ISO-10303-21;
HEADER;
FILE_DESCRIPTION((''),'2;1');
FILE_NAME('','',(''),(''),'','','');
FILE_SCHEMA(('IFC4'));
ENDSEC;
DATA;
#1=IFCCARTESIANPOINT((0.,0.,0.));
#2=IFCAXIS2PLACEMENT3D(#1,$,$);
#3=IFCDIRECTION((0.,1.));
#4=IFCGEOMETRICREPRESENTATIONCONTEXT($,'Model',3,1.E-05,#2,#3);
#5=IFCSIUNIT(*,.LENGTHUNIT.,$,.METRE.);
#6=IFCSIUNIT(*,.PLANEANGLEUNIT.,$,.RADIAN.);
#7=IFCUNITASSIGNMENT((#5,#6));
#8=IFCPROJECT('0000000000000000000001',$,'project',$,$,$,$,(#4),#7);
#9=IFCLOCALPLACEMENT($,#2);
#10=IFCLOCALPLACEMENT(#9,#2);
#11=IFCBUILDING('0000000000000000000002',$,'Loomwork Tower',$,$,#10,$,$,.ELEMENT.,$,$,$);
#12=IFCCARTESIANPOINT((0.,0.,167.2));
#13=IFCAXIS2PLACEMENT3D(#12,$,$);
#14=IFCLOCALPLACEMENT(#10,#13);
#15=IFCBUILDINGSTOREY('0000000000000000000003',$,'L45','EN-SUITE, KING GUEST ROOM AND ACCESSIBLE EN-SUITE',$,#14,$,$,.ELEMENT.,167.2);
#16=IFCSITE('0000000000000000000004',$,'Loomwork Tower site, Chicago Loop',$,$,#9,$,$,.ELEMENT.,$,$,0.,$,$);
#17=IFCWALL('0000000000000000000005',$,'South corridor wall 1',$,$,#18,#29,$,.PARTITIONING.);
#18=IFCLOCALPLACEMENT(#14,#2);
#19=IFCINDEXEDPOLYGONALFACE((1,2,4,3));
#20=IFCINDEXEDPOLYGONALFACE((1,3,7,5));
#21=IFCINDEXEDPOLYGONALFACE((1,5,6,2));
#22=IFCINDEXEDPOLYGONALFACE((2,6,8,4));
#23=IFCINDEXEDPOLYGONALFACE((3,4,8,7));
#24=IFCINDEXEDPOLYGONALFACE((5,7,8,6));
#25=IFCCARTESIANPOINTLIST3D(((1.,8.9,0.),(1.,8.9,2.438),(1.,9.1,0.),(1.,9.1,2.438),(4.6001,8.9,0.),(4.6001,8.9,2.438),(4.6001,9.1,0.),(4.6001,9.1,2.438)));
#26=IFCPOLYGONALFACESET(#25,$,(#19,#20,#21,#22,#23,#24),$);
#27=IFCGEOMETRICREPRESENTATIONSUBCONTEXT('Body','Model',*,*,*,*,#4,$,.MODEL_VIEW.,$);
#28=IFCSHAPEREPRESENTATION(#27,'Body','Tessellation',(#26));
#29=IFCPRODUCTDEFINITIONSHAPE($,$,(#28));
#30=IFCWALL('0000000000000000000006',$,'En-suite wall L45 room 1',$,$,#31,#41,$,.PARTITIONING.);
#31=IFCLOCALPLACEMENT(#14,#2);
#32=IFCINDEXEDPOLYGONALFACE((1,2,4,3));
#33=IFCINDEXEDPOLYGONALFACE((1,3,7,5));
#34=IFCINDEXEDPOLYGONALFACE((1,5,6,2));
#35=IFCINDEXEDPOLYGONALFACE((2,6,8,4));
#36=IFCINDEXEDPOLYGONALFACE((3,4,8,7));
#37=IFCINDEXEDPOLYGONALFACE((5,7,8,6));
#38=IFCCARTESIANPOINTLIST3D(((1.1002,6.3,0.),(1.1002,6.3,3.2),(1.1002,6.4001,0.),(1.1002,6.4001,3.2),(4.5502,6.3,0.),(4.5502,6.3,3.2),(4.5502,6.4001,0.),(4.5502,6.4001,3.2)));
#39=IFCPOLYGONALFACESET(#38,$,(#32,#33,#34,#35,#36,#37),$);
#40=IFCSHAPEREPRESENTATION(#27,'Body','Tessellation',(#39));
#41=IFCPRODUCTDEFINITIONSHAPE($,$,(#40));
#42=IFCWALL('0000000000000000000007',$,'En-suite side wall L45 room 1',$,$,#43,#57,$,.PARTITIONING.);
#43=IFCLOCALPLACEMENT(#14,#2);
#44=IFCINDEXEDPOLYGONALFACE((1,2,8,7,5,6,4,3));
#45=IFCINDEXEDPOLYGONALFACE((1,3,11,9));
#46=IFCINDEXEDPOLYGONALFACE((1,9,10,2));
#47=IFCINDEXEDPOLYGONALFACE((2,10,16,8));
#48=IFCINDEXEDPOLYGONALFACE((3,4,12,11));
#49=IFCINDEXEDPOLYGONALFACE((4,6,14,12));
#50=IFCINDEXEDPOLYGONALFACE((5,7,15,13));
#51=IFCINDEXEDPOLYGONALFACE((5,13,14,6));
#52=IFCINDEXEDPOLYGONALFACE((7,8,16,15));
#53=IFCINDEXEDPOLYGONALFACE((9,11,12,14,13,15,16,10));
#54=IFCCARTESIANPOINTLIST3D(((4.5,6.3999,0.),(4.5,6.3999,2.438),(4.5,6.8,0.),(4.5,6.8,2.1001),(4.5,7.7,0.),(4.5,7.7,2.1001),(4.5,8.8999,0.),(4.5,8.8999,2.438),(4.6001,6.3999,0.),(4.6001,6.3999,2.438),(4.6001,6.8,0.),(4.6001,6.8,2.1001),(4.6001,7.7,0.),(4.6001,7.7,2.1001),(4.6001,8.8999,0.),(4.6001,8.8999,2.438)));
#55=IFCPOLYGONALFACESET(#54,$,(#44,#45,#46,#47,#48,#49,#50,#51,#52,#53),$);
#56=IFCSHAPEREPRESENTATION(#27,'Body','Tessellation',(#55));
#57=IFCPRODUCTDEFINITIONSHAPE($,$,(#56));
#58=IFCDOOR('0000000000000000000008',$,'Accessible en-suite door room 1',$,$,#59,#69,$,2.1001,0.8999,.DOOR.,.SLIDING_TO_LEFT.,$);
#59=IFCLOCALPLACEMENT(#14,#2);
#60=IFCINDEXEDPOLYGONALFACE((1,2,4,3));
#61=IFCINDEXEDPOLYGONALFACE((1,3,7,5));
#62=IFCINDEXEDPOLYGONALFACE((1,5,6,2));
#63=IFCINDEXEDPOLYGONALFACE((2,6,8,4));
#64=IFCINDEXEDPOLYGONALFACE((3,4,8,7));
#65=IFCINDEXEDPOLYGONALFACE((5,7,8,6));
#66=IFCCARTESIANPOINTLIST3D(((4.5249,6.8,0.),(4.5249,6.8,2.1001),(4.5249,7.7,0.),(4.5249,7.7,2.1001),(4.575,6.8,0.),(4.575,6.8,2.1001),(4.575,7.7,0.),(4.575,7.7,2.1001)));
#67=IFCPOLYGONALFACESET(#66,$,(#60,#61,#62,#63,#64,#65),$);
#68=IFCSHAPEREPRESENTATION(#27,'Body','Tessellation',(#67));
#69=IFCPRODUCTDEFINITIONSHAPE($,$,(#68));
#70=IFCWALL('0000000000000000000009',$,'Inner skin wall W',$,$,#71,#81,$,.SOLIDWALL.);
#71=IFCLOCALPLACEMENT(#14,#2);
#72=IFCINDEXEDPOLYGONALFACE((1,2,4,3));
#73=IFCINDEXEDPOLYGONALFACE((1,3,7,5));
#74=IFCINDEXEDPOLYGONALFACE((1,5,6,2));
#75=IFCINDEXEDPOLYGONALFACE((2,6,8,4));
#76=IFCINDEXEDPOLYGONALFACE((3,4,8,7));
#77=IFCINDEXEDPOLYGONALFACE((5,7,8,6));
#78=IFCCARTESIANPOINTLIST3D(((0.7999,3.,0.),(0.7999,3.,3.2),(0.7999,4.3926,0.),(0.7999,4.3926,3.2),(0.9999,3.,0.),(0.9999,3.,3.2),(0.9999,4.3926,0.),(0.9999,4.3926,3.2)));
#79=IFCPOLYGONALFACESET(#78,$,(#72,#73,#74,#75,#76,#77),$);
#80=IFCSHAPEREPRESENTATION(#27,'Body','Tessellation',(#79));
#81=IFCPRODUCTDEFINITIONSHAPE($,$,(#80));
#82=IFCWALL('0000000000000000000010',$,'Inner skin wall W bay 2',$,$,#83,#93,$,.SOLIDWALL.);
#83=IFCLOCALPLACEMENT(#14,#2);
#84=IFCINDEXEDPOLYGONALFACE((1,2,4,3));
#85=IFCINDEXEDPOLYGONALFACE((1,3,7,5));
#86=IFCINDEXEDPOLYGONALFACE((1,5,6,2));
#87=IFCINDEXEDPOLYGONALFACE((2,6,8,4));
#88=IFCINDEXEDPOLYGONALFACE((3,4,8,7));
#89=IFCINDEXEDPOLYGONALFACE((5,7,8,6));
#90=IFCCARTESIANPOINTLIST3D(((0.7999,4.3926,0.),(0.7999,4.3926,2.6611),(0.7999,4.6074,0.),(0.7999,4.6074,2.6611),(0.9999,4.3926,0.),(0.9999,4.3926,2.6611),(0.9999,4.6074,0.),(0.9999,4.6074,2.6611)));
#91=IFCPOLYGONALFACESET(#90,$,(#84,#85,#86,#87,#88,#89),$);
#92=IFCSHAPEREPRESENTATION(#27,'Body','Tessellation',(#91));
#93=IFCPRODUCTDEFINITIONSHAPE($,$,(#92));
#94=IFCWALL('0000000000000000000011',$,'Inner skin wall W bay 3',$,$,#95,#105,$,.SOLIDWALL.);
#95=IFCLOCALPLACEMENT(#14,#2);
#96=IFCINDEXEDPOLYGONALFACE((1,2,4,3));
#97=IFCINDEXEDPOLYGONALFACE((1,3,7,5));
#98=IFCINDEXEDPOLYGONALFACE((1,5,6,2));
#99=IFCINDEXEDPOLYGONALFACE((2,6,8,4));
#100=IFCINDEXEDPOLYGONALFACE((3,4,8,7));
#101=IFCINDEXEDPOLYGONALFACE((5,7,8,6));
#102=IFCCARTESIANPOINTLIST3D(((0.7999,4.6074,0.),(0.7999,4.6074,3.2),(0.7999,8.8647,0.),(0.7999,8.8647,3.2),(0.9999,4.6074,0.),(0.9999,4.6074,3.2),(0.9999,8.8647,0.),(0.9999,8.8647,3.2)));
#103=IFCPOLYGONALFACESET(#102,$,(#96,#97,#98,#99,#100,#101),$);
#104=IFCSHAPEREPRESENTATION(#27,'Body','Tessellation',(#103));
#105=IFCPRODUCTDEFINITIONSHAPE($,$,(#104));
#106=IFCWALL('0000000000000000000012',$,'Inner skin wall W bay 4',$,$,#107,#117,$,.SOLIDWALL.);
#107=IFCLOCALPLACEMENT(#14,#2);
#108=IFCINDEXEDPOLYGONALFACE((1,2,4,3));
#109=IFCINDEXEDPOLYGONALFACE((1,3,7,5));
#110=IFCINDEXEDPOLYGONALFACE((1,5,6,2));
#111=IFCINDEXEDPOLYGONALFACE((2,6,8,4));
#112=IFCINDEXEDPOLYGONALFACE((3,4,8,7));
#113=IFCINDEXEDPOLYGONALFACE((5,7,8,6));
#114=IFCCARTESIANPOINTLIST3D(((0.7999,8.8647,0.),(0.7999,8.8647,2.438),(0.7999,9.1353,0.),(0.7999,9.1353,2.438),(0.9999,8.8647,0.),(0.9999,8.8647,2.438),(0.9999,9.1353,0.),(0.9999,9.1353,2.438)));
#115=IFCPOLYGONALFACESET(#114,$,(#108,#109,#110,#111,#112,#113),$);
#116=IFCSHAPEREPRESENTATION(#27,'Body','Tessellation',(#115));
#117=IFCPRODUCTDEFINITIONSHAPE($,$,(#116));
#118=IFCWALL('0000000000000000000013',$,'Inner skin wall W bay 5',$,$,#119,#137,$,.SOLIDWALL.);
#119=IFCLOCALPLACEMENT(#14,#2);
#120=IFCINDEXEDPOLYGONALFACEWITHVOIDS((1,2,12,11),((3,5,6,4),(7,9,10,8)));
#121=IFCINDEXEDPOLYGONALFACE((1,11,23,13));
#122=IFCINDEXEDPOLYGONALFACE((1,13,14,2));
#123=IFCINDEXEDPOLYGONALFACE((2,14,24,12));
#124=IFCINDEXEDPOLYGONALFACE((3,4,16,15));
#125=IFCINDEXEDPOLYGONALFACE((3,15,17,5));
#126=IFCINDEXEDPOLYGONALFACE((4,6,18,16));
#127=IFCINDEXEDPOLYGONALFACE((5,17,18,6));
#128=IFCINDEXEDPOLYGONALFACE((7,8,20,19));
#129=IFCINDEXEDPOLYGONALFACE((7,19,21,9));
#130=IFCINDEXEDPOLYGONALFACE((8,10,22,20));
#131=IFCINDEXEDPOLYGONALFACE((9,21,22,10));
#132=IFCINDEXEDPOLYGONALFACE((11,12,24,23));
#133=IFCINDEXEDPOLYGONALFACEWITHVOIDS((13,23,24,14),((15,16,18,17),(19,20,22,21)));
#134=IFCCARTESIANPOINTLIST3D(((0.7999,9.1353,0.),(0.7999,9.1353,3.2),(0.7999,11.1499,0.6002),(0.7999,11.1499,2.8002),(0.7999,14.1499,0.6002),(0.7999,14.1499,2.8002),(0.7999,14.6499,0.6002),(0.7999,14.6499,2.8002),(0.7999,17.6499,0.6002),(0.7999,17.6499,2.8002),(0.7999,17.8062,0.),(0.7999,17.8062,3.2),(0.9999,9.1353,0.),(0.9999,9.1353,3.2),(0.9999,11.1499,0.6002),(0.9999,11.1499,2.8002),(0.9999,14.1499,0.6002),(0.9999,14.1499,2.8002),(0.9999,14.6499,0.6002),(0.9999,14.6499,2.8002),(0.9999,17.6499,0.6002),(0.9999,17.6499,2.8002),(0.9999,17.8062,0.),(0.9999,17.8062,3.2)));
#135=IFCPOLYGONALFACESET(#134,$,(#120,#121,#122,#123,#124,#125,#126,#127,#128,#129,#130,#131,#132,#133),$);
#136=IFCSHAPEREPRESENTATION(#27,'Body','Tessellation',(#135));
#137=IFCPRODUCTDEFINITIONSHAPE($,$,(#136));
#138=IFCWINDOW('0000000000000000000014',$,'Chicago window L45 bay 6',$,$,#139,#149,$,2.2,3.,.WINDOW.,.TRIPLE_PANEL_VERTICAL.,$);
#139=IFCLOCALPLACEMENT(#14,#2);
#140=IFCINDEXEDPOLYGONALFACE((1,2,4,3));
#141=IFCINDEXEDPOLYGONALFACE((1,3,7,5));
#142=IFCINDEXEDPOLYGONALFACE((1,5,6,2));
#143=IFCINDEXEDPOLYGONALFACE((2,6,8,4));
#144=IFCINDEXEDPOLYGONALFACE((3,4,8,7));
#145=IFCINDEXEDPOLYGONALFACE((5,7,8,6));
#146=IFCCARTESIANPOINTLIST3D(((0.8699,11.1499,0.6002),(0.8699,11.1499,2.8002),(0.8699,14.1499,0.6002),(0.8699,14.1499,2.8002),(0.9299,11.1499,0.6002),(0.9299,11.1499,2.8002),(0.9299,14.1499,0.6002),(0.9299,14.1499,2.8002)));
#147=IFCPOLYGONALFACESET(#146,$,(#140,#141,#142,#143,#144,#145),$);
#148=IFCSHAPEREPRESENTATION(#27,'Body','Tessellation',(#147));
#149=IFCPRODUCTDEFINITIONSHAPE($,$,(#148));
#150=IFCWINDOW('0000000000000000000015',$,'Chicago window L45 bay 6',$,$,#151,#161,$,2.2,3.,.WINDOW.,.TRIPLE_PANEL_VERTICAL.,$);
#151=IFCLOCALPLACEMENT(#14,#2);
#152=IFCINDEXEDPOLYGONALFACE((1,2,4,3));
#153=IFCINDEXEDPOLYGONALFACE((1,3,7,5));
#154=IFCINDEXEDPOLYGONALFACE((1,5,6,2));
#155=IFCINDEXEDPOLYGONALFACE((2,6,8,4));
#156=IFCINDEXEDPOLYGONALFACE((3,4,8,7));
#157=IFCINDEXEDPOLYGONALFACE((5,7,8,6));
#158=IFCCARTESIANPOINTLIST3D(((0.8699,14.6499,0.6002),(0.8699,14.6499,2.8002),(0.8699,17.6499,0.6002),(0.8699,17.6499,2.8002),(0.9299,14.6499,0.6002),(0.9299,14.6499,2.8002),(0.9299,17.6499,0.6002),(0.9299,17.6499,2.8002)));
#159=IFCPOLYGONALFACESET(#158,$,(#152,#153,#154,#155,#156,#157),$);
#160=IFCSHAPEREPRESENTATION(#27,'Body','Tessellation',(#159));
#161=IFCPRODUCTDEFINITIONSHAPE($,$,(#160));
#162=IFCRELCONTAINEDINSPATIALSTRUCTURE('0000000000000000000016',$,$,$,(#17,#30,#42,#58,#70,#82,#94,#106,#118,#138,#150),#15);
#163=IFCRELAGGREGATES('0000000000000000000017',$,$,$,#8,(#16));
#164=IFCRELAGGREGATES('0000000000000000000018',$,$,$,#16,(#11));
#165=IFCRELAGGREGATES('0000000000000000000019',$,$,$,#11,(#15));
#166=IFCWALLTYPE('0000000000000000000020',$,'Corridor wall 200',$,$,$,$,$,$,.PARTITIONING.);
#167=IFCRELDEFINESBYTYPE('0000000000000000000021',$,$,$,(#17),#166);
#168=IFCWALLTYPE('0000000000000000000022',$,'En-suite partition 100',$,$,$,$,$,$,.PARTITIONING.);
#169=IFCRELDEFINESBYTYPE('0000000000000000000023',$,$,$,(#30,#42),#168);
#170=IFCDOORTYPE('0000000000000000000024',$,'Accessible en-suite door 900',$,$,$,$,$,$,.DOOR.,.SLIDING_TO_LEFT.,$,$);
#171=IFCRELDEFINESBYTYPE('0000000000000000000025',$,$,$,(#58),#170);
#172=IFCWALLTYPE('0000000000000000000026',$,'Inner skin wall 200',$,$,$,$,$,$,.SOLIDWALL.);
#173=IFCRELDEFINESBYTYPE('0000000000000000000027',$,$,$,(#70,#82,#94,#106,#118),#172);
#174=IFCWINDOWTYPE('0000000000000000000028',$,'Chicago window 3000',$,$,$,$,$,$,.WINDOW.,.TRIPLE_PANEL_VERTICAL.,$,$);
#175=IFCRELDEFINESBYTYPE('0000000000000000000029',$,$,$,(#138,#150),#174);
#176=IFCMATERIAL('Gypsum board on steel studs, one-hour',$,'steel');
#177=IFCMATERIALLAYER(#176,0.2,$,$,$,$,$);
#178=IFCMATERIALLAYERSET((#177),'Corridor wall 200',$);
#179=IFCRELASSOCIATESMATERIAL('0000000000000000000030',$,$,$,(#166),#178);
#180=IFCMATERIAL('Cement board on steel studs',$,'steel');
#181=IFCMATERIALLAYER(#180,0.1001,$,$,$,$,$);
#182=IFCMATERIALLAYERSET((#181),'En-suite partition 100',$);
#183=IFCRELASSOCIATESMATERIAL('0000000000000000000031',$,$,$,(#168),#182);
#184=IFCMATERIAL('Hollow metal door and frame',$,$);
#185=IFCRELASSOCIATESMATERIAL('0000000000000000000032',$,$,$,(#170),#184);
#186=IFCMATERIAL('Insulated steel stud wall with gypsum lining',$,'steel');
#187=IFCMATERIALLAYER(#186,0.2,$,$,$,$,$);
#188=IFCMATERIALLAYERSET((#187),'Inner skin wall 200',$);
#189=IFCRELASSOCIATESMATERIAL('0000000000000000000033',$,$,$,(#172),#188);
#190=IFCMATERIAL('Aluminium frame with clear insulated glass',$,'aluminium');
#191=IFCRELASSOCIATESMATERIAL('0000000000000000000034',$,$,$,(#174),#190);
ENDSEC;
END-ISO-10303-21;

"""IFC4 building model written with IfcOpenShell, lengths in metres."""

from ifc_helpers import new_model, si_unit, direction, frame, frame_2d, origin, place, context, subcontext, project, spatial, rectangle, extrude, material, layer, layer_set, type_object, element, fill, save


model = new_model("IFC4")

# Units and contexts
model_context = context("Model", 3, precision=1e-05, world=origin(), true_north=direction((0.0, 1.0)))
body_context = subcontext(model_context, "Body", "Model", "MODEL_VIEW")
ifc_project = project(units=[si_unit("LENGTHUNIT", "METRE"), si_unit("PLANEANGLEUNIT", "RADIAN")], contexts=[model_context])

# Site, building, storey
site_placement = place(None, origin())
site = spatial("IfcSite", under=ifc_project, at=site_placement, Name="Loomwork Tower site, Chicago Loop", CompositionType="ELEMENT", RefElevation=0.0)
building_placement = place(site_placement, origin())
building = spatial("IfcBuilding", under=site, at=building_placement, Name="Loomwork Tower", CompositionType="ELEMENT")
storey_placement = place(building_placement, frame((0.0, 0.0, 167.2)))
storey = spatial("IfcBuildingStorey", under=building, at=storey_placement, Name="L45", Description="EN-SUITE, KING GUEST ROOM AND ACCESSIBLE EN-SUITE", CompositionType="ELEMENT", Elevation=167.2)

# Walls
ifc_material_1 = material(Name="Gypsum board on steel studs, one-hour", Category="steel")
ifc_layer_1 = layer(ifc_material_1, 0.2)
ifc_layer_set_1 = layer_set([ifc_layer_1], Name="Corridor wall 200")
wall_type_1 = type_object("IfcWallType", Name="Corridor wall 200", PredefinedType="PARTITIONING", material=ifc_layer_set_1)
wall_1_placement = place(storey_placement, frame((1.0, 9.0, 0.0), z_axis=(0.0, 0.0, 1.0), x_axis=(1.0, 0.0, 0.0)))
element("IfcWall", 1, at=wall_1_placement, inside=storey, type_object=wall_type_1, Name="South corridor wall 1", PredefinedType="PARTITIONING", context=body_context, shape_type="SweptSolid", body=[
    extrude(rectangle(XDim=3.6001, YDim=0.2, at=frame_2d((1.8, 0.0))), origin(), (0.0, 0.0, 1.0), 2.438),
])
ifc_material_2 = material(Name="Cement board on steel studs", Category="steel")
ifc_layer_2 = layer(ifc_material_2, 0.1001)
ifc_layer_set_2 = layer_set([ifc_layer_2], Name="En-suite partition 100")
wall_type_2 = type_object("IfcWallType", Name="En-suite partition 100", PredefinedType="PARTITIONING", material=ifc_layer_set_2)
wall_2_placement = place(storey_placement, frame((1.1001, 6.3501, 0.0), z_axis=(0.0, 0.0, 1.0), x_axis=(1.0, 0.0, 0.0)))
element("IfcWall", 2, at=wall_2_placement, inside=storey, type_object=wall_type_2, Name="En-suite wall L45 room 1", PredefinedType="PARTITIONING", context=body_context, shape_type="SweptSolid", body=[
    extrude(rectangle(XDim=3.45, YDim=0.1001, at=frame_2d((1.7251, 0.0))), origin(), (0.0, 0.0, 1.0), 3.2),
])

# Wall, opening, door
wall_3_placement = place(storey_placement, frame((4.55, 8.8999, 0.0), z_axis=(0.0, 0.0, 1.0), x_axis=(0.0, -1.0, 0.0)))
wall_3 = element("IfcWall", 3, at=wall_3_placement, inside=storey, type_object=wall_type_2, Name="En-suite side wall L45 room 1", PredefinedType="PARTITIONING", context=body_context, shape_type="SweptSolid", body=[
    extrude(rectangle(XDim=2.5, YDim=0.1001, at=frame_2d((1.25, 0.0))), origin(), (0.0, 0.0, 1.0), 2.438),
])
opening_1_placement = place(wall_3_placement, frame((1.2, 0.0, 0.0)))
opening_1 = element("IfcOpeningElement", 4, at=opening_1_placement, cuts=wall_3, PredefinedType="OPENING", context=body_context, shape_type="SweptSolid", body=[
    extrude(rectangle(XDim=0.8999, YDim=2.1001, at=frame_2d((0.45, 1.05))), frame((0.0, 0.0601, 0.0), z_axis=(0.0, -1.0, 0.0), x_axis=(1.0, 0.0, 0.0)), (0.0, 0.0, 1.0), 0.1201),
])
ifc_material_3 = material(Name="Hollow metal door and frame")
door_type = type_object("IfcDoorType", Name="Accessible en-suite door 900", OperationType="SLIDING_TO_LEFT", PredefinedType="DOOR", material=ifc_material_3)
door_placement = place(opening_1_placement, origin())
door = element("IfcDoor", 5, at=door_placement, inside=storey, type_object=door_type, Name="Accessible en-suite door room 1", OperationType="SLIDING_TO_LEFT", OverallHeight=2.1001, OverallWidth=0.8999, PredefinedType="DOOR", context=body_context, shape_type="SweptSolid", body=[
    extrude(rectangle(XDim=0.8999, YDim=2.1001, at=frame_2d((0.45, 1.05))), frame((0.0, 0.0249, 0.0), z_axis=(0.0, -1.0, 0.0), x_axis=(1.0, 0.0, 0.0)), (0.0, 0.0, 1.0), 0.05),
])
fill(opening_1, door)

# Walls
ifc_material_4 = material(Name="Insulated steel stud wall with gypsum lining", Category="steel")
ifc_layer_3 = layer(ifc_material_4, 0.2)
ifc_layer_set_3 = layer_set([ifc_layer_3], Name="Inner skin wall 200")
wall_type_3 = type_object("IfcWallType", Name="Inner skin wall 200", PredefinedType="SOLIDWALL", material=ifc_layer_set_3)
wall_4_placement = place(storey_placement, frame((0.8999, 3.0, 0.0), z_axis=(0.0, 0.0, 1.0), x_axis=(0.0, 1.0, 0.0)))
element("IfcWall", 6, at=wall_4_placement, inside=storey, type_object=wall_type_3, Name="Inner skin wall W", PredefinedType="SOLIDWALL", context=body_context, shape_type="SweptSolid", body=[
    extrude(rectangle(XDim=1.3926, YDim=0.2, at=frame_2d((0.6963, 0.0))), origin(), (0.0, 0.0, 1.0), 3.2),
])
wall_5_placement = place(storey_placement, frame((0.8999, 4.3926, 0.0), z_axis=(0.0, 0.0, 1.0), x_axis=(0.0, 1.0, 0.0)))
element("IfcWall", 7, at=wall_5_placement, inside=storey, type_object=wall_type_3, Name="Inner skin wall W bay 2", PredefinedType="SOLIDWALL", context=body_context, shape_type="SweptSolid", body=[
    extrude(rectangle(XDim=0.2148, YDim=0.2, at=frame_2d((0.1074, 0.0))), origin(), (0.0, 0.0, 1.0), 2.6611),
])
wall_6_placement = place(storey_placement, frame((0.8999, 4.6074, 0.0), z_axis=(0.0, 0.0, 1.0), x_axis=(0.0, 1.0, 0.0)))
element("IfcWall", 8, at=wall_6_placement, inside=storey, type_object=wall_type_3, Name="Inner skin wall W bay 3", PredefinedType="SOLIDWALL", context=body_context, shape_type="SweptSolid", body=[
    extrude(rectangle(XDim=4.2573, YDim=0.2, at=frame_2d((2.1287, 0.0))), origin(), (0.0, 0.0, 1.0), 3.2),
])
wall_7_placement = place(storey_placement, frame((0.8999, 8.8647, 0.0), z_axis=(0.0, 0.0, 1.0), x_axis=(0.0, 1.0, 0.0)))
element("IfcWall", 9, at=wall_7_placement, inside=storey, type_object=wall_type_3, Name="Inner skin wall W bay 4", PredefinedType="SOLIDWALL", context=body_context, shape_type="SweptSolid", body=[
    extrude(rectangle(XDim=0.2705, YDim=0.2, at=frame_2d((0.1353, 0.0))), origin(), (0.0, 0.0, 1.0), 2.438),
])

# Wall, openings, windows
wall_8_placement = place(storey_placement, frame((0.8999, 9.1353, 0.0), z_axis=(0.0, 0.0, 1.0), x_axis=(0.0, 1.0, 0.0)))
wall_8 = element("IfcWall", 10, at=wall_8_placement, inside=storey, type_object=wall_type_3, Name="Inner skin wall W bay 5", PredefinedType="SOLIDWALL", context=body_context, shape_type="SweptSolid", body=[
    extrude(rectangle(XDim=8.6709, YDim=0.2, at=frame_2d((4.3354, 0.0))), origin(), (0.0, 0.0, 1.0), 3.2),
])
opening_2_placement = place(wall_8_placement, frame((2.0146, 0.0, 0.6001)))
opening_2 = element("IfcOpeningElement", 11, at=opening_2_placement, cuts=wall_8, PredefinedType="OPENING", context=body_context, shape_type="SweptSolid", body=[
    extrude(rectangle(XDim=3.0, YDim=2.2, at=frame_2d((1.5, 1.1001))), frame((0.0, 0.1099, 0.0), z_axis=(0.0, -1.0, 0.0), x_axis=(1.0, 0.0, 0.0)), (0.0, 0.0, 1.0), 0.22),
])
opening_3_placement = place(wall_8_placement, frame((5.5146, 0.0, 0.6001)))
opening_3 = element("IfcOpeningElement", 12, at=opening_3_placement, cuts=wall_8, PredefinedType="OPENING", context=body_context, shape_type="SweptSolid", body=[
    extrude(rectangle(XDim=3.0, YDim=2.2, at=frame_2d((1.5, 1.1001))), frame((0.0, 0.1099, 0.0), z_axis=(0.0, -1.0, 0.0), x_axis=(1.0, 0.0, 0.0)), (0.0, 0.0, 1.0), 0.22),
])
ifc_material_5 = material(Name="Aluminium frame with clear insulated glass", Category="aluminium")
window_type_1 = type_object("IfcWindowType", Name="Chicago window 3000", PartitioningType="TRIPLE_PANEL_VERTICAL", PredefinedType="WINDOW", material=ifc_material_5)
window_1_placement = place(opening_2_placement, origin())
window_1 = element("IfcWindow", 13, at=window_1_placement, inside=storey, type_object=window_type_1, Name="Chicago window L45 bay 6", OverallHeight=2.2, OverallWidth=3.0, PartitioningType="TRIPLE_PANEL_VERTICAL", PredefinedType="WINDOW", context=body_context, shape_type="SweptSolid", body=[
    extrude(rectangle(XDim=3.0, YDim=2.2, at=frame_2d((1.5, 1.1001))), frame((0.0, 0.03, 0.0), z_axis=(0.0, -1.0, 0.0), x_axis=(1.0, 0.0, 0.0)), (0.0, 0.0, 1.0), 0.0601),
])
fill(opening_2, window_1)
window_2_placement = place(opening_3_placement, origin())
window_2 = element("IfcWindow", 14, at=window_2_placement, inside=storey, type_object=window_type_1, Name="Chicago window L45 bay 6", OverallHeight=2.2, OverallWidth=3.0, PartitioningType="TRIPLE_PANEL_VERTICAL", PredefinedType="WINDOW", context=body_context, shape_type="SweptSolid", body=[
    extrude(rectangle(XDim=3.0, YDim=2.2, at=frame_2d((1.5, 1.1001))), frame((0.0, 0.03, 0.0), z_axis=(0.0, -1.0, 0.0), x_axis=(1.0, 0.0, 0.0)), (0.0, 0.0, 1.0), 0.0601),
])
fill(opening_3, window_2)

save(model, "model.ifc")
